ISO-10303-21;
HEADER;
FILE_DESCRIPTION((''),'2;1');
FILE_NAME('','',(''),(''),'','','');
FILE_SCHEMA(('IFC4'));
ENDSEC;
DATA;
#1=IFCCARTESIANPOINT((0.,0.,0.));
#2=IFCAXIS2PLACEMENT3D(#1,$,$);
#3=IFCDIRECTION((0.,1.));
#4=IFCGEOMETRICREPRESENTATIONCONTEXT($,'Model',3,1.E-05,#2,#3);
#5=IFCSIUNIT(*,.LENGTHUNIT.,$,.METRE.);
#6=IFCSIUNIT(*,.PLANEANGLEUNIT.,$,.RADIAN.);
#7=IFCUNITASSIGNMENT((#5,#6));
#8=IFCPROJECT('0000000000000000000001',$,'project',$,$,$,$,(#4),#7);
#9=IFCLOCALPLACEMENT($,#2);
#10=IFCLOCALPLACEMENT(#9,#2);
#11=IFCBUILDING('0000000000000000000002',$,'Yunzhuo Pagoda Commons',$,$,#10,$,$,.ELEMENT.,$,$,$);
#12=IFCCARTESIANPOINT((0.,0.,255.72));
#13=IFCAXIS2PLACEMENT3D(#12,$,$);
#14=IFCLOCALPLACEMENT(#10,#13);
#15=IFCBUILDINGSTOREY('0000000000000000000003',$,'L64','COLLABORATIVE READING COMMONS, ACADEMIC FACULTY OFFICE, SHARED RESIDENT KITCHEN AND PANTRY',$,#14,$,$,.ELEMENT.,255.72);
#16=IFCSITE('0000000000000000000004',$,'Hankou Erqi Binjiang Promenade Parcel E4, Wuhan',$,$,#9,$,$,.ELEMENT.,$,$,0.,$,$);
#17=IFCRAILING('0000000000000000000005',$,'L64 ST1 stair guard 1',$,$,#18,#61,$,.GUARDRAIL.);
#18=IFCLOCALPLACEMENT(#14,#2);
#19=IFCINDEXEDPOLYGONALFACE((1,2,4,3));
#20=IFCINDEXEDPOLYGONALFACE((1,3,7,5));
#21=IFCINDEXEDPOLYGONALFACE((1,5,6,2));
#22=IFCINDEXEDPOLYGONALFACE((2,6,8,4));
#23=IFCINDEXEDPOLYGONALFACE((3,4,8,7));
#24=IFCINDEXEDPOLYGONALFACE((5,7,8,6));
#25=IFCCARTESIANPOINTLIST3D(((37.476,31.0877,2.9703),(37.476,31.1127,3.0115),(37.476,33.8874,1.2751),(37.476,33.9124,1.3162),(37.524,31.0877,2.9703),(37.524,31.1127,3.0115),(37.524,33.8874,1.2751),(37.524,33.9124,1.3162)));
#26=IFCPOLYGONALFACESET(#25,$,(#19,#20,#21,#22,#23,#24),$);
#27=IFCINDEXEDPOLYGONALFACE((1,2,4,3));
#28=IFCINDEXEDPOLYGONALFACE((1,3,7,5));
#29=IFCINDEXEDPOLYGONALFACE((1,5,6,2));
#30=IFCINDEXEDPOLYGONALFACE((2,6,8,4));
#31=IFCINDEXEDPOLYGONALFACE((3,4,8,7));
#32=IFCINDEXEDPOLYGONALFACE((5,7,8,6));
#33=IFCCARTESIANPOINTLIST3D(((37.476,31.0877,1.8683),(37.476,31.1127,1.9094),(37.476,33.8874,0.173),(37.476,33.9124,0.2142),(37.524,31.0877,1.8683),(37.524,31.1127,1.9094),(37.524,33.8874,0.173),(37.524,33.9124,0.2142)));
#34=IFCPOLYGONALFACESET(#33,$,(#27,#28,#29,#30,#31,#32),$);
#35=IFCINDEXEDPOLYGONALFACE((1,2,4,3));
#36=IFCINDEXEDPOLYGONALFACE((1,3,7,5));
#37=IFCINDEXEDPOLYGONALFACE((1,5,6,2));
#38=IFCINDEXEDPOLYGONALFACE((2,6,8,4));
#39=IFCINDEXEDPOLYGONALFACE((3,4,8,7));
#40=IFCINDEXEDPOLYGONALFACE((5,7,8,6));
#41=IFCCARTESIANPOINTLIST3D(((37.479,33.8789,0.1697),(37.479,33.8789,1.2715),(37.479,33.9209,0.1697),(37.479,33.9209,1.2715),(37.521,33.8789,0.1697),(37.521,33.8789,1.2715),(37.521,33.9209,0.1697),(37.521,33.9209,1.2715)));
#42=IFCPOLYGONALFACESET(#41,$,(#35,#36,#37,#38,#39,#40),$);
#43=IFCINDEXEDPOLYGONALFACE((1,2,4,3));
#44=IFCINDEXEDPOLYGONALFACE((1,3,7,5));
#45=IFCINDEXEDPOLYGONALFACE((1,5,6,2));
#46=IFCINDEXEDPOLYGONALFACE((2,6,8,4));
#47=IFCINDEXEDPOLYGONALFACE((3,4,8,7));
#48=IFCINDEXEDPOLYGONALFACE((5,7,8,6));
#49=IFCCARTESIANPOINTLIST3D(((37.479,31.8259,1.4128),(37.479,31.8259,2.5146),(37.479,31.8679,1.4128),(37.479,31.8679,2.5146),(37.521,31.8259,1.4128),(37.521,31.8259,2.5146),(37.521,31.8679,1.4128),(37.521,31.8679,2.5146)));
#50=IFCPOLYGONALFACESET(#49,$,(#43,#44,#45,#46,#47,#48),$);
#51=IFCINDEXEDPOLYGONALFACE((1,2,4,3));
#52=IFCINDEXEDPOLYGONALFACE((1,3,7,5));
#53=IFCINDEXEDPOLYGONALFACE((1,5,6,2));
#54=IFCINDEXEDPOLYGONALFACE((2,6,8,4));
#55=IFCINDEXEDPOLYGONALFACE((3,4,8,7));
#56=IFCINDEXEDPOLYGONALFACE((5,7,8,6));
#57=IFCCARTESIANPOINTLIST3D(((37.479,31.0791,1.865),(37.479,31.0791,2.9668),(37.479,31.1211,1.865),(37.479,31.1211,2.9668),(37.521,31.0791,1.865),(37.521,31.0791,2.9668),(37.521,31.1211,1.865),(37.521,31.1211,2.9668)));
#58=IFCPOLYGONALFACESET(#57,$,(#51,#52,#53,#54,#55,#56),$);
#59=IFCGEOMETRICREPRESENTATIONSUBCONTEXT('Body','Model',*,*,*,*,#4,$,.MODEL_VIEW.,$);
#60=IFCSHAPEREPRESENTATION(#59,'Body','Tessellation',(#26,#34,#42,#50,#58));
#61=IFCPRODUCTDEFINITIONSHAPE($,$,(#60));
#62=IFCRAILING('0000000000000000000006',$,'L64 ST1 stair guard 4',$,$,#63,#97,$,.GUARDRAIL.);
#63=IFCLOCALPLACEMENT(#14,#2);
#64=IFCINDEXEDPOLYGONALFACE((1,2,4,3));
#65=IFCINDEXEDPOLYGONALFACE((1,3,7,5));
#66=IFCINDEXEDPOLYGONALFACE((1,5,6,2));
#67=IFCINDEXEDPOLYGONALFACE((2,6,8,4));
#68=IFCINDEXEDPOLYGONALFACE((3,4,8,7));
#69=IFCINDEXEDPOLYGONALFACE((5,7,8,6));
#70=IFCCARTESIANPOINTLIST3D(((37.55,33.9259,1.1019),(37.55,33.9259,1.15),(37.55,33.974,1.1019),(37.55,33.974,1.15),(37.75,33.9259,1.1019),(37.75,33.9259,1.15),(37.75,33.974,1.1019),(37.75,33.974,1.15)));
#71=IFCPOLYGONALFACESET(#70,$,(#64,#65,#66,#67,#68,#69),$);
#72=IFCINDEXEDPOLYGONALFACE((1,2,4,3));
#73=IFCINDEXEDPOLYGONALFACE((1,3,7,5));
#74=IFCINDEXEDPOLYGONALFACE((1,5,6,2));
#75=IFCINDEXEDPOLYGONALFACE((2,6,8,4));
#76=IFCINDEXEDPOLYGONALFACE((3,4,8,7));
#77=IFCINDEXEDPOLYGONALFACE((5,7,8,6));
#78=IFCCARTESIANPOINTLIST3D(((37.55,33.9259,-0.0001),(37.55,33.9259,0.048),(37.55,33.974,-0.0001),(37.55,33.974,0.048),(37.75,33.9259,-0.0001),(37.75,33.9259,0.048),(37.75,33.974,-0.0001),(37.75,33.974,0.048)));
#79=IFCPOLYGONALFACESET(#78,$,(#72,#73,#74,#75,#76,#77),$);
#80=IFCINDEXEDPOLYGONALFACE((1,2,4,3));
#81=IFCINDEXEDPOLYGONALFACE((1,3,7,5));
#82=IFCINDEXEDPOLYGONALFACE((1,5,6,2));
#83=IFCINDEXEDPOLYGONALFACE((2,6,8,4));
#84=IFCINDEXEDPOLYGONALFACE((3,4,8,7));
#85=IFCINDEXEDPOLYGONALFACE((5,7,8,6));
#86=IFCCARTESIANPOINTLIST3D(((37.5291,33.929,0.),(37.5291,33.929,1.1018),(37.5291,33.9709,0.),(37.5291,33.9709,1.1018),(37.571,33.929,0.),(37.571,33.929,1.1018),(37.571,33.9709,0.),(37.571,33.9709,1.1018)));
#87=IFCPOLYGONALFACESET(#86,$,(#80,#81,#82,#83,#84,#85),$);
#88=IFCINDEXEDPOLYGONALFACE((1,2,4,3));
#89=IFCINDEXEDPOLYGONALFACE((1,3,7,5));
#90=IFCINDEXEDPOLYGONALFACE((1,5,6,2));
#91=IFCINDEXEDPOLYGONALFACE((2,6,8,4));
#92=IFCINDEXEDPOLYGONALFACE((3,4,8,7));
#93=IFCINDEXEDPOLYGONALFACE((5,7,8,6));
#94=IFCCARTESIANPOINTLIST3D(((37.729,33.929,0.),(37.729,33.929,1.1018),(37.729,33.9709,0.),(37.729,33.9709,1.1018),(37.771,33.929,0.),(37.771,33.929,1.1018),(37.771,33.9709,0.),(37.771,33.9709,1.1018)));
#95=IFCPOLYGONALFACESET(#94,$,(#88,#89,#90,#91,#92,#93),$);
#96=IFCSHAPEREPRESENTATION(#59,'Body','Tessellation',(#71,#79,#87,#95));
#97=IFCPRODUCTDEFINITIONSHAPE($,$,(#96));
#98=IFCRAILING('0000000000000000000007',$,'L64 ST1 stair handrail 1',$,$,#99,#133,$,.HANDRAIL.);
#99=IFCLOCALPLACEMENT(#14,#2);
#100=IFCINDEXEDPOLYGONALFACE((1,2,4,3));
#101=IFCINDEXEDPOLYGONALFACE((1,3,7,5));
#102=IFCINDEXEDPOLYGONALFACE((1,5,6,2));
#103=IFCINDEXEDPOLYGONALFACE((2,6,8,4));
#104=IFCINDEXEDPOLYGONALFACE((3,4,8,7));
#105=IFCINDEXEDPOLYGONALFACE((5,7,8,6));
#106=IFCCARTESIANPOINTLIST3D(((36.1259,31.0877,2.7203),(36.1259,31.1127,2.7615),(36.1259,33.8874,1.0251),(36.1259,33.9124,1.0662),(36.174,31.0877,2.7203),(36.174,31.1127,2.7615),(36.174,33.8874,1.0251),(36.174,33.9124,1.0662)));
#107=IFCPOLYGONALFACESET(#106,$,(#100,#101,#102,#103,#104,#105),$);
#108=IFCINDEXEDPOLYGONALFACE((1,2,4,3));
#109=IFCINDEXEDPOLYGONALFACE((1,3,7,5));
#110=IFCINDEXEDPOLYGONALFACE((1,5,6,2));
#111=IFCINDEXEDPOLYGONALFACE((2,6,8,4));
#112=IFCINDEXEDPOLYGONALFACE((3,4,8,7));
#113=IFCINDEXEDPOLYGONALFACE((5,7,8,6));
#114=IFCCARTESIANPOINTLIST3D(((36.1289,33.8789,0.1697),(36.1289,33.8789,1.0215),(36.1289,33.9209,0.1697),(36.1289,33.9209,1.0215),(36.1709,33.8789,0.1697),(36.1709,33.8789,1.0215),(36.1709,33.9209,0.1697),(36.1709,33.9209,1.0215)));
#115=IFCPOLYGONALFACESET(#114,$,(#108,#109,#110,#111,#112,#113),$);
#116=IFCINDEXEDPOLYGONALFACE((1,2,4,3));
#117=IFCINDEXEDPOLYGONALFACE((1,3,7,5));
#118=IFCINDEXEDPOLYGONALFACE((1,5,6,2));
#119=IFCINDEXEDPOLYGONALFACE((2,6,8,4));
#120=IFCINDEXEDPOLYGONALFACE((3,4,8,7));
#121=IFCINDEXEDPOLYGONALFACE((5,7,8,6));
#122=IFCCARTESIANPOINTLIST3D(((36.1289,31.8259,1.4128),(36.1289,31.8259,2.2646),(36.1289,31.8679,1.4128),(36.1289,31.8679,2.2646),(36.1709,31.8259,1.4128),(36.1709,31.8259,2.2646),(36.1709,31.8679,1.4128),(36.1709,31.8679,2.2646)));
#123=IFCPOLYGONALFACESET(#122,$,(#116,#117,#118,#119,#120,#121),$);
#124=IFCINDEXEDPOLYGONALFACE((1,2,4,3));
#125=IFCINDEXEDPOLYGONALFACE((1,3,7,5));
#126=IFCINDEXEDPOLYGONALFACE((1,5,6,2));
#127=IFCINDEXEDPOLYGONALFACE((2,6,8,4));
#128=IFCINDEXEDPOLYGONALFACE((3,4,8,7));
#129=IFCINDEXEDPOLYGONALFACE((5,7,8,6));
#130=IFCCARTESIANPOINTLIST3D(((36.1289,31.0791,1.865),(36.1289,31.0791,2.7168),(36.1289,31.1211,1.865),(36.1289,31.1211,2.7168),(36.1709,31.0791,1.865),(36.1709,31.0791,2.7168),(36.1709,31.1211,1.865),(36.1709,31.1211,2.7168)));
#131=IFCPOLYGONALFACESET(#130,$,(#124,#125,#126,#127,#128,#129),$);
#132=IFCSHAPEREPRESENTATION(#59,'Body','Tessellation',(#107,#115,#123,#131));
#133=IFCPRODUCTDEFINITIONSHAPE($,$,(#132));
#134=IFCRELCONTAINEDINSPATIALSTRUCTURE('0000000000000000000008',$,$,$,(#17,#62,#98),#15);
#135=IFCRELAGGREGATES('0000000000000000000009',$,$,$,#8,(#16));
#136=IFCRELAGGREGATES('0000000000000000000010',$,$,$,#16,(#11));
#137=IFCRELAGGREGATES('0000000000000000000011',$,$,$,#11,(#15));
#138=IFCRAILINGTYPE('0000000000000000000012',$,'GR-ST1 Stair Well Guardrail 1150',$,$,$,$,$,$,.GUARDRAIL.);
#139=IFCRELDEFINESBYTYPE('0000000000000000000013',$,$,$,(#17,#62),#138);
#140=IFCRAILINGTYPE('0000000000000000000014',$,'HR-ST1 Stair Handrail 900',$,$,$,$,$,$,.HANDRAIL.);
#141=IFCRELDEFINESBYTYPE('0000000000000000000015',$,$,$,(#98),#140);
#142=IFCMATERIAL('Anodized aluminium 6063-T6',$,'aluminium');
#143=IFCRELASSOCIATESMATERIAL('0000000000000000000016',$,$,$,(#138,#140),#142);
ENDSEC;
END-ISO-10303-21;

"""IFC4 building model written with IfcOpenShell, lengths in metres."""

from ifc_helpers import new_model, si_unit, direction, frame, origin, origin_2d, place, context, subcontext, project, spatial, rectangle, extrude, material, type_object, element, save


model = new_model("IFC4")

# Units and contexts
model_context = context("Model", 3, precision=1e-05, world=origin(), true_north=direction((0.0, 1.0)))
body_context = subcontext(model_context, "Body", "Model", "MODEL_VIEW")
ifc_project = project(units=[si_unit("LENGTHUNIT", "METRE"), si_unit("PLANEANGLEUNIT", "RADIAN")], contexts=[model_context])

# Site, building, storey
site_placement = place(None, origin())
site = spatial("IfcSite", under=ifc_project, at=site_placement, Name="Hankou Erqi Binjiang Promenade Parcel E4, Wuhan", CompositionType="ELEMENT", RefElevation=0.0)
building_placement = place(site_placement, origin())
building = spatial("IfcBuilding", under=site, at=building_placement, Name="Yunzhuo Pagoda Commons", CompositionType="ELEMENT")
storey_placement = place(building_placement, frame((0.0, 0.0, 255.72)))
storey = spatial("IfcBuildingStorey", under=building, at=storey_placement, Name="L64", Description="COLLABORATIVE READING COMMONS, ACADEMIC FACULTY OFFICE, SHARED RESIDENT KITCHEN AND PANTRY", CompositionType="ELEMENT", Elevation=255.72)

# Railings
ifc_material_1 = material(Name="Anodized aluminium 6063-T6", Category="aluminium")
railing_type_1 = type_object("IfcRailingType", Name="GR-ST1 Stair Well Guardrail 1150", PredefinedType="GUARDRAIL", material=ifc_material_1)
railing_1_placement = place(storey_placement, frame((37.5, 33.8999, 0.1697)))
element("IfcRailing", 1, at=railing_1_placement, inside=storey, type_object=railing_type_1, Name="L64 ST1 stair guard 1", PredefinedType="GUARDRAIL", context=body_context, shape_type="SweptSolid", body=[
    extrude(rectangle(XDim=0.0481, YDim=0.0481, at=origin_2d()), frame((0.0, 0.0, 1.126), z_axis=(0.0, -0.855406, 0.517958), x_axis=(1.0, 0.0, 0.0)), (0.0, 0.0, 1.0), 3.2729),
    extrude(rectangle(XDim=0.0481, YDim=0.0481, at=origin_2d()), frame((0.0, 0.0, 0.0239), z_axis=(0.0, -0.855406, 0.517958), x_axis=(1.0, 0.0, 0.0)), (0.0, 0.0, 1.0), 3.2729),
    extrude(rectangle(XDim=0.042, YDim=0.042, at=origin_2d()), origin(), (0.0, 0.0, 1.0), 1.1018),
    extrude(rectangle(XDim=0.042, YDim=0.042, at=origin_2d()), frame((0.0, -2.053, 1.2432)), (0.0, 0.0, 1.0), 1.1018),
    extrude(rectangle(XDim=0.042, YDim=0.042, at=origin_2d()), frame((0.0, -2.7998, 1.6953)), (0.0, 0.0, 1.0), 1.1018),
])
railing_2_placement = place(storey_placement, frame((37.55, 33.95, 0.0)))
element("IfcRailing", 2, at=railing_2_placement, inside=storey, type_object=railing_type_1, Name="L64 ST1 stair guard 4", PredefinedType="GUARDRAIL", context=body_context, shape_type="SweptSolid", body=[
    extrude(rectangle(XDim=0.0481, YDim=0.0481, at=origin_2d()), frame((0.0, 0.0, 1.126), z_axis=(1.0, 0.0, 0.0), x_axis=(0.0, 1.0, 0.0)), (0.0, 0.0, 1.0), 0.2),
    extrude(rectangle(XDim=0.0481, YDim=0.0481, at=origin_2d()), frame((0.0, 0.0, 0.0239), z_axis=(1.0, 0.0, 0.0), x_axis=(0.0, 1.0, 0.0)), (0.0, 0.0, 1.0), 0.2),
    extrude(rectangle(XDim=0.042, YDim=0.042, at=origin_2d()), origin(), (0.0, 0.0, 1.0), 1.1018),
    extrude(rectangle(XDim=0.042, YDim=0.042, at=origin_2d()), frame((0.2, 0.0, 0.0)), (0.0, 0.0, 1.0), 1.1018),
])
railing_type_2 = type_object("IfcRailingType", Name="HR-ST1 Stair Handrail 900", PredefinedType="HANDRAIL", material=ifc_material_1)
railing_3_placement = place(storey_placement, frame((36.1499, 33.8999, 0.1697)))
element("IfcRailing", 3, at=railing_3_placement, inside=storey, type_object=railing_type_2, Name="L64 ST1 stair handrail 1", PredefinedType="HANDRAIL", context=body_context, shape_type="SweptSolid", body=[
    extrude(rectangle(XDim=0.0481, YDim=0.0481, at=origin_2d()), frame((0.0, 0.0, 0.876), z_axis=(0.0, -0.855406, 0.517958), x_axis=(1.0, 0.0, 0.0)), (0.0, 0.0, 1.0), 3.2729),
    extrude(rectangle(XDim=0.042, YDim=0.042, at=origin_2d()), origin(), (0.0, 0.0, 1.0), 0.8518),
    extrude(rectangle(XDim=0.042, YDim=0.042, at=origin_2d()), frame((0.0, -2.053, 1.2432)), (0.0, 0.0, 1.0), 0.8518),
    extrude(rectangle(XDim=0.042, YDim=0.042, at=origin_2d()), frame((0.0, -2.7998, 1.6953)), (0.0, 0.0, 1.0), 0.8518),
])

save(model, "model.ifc")
